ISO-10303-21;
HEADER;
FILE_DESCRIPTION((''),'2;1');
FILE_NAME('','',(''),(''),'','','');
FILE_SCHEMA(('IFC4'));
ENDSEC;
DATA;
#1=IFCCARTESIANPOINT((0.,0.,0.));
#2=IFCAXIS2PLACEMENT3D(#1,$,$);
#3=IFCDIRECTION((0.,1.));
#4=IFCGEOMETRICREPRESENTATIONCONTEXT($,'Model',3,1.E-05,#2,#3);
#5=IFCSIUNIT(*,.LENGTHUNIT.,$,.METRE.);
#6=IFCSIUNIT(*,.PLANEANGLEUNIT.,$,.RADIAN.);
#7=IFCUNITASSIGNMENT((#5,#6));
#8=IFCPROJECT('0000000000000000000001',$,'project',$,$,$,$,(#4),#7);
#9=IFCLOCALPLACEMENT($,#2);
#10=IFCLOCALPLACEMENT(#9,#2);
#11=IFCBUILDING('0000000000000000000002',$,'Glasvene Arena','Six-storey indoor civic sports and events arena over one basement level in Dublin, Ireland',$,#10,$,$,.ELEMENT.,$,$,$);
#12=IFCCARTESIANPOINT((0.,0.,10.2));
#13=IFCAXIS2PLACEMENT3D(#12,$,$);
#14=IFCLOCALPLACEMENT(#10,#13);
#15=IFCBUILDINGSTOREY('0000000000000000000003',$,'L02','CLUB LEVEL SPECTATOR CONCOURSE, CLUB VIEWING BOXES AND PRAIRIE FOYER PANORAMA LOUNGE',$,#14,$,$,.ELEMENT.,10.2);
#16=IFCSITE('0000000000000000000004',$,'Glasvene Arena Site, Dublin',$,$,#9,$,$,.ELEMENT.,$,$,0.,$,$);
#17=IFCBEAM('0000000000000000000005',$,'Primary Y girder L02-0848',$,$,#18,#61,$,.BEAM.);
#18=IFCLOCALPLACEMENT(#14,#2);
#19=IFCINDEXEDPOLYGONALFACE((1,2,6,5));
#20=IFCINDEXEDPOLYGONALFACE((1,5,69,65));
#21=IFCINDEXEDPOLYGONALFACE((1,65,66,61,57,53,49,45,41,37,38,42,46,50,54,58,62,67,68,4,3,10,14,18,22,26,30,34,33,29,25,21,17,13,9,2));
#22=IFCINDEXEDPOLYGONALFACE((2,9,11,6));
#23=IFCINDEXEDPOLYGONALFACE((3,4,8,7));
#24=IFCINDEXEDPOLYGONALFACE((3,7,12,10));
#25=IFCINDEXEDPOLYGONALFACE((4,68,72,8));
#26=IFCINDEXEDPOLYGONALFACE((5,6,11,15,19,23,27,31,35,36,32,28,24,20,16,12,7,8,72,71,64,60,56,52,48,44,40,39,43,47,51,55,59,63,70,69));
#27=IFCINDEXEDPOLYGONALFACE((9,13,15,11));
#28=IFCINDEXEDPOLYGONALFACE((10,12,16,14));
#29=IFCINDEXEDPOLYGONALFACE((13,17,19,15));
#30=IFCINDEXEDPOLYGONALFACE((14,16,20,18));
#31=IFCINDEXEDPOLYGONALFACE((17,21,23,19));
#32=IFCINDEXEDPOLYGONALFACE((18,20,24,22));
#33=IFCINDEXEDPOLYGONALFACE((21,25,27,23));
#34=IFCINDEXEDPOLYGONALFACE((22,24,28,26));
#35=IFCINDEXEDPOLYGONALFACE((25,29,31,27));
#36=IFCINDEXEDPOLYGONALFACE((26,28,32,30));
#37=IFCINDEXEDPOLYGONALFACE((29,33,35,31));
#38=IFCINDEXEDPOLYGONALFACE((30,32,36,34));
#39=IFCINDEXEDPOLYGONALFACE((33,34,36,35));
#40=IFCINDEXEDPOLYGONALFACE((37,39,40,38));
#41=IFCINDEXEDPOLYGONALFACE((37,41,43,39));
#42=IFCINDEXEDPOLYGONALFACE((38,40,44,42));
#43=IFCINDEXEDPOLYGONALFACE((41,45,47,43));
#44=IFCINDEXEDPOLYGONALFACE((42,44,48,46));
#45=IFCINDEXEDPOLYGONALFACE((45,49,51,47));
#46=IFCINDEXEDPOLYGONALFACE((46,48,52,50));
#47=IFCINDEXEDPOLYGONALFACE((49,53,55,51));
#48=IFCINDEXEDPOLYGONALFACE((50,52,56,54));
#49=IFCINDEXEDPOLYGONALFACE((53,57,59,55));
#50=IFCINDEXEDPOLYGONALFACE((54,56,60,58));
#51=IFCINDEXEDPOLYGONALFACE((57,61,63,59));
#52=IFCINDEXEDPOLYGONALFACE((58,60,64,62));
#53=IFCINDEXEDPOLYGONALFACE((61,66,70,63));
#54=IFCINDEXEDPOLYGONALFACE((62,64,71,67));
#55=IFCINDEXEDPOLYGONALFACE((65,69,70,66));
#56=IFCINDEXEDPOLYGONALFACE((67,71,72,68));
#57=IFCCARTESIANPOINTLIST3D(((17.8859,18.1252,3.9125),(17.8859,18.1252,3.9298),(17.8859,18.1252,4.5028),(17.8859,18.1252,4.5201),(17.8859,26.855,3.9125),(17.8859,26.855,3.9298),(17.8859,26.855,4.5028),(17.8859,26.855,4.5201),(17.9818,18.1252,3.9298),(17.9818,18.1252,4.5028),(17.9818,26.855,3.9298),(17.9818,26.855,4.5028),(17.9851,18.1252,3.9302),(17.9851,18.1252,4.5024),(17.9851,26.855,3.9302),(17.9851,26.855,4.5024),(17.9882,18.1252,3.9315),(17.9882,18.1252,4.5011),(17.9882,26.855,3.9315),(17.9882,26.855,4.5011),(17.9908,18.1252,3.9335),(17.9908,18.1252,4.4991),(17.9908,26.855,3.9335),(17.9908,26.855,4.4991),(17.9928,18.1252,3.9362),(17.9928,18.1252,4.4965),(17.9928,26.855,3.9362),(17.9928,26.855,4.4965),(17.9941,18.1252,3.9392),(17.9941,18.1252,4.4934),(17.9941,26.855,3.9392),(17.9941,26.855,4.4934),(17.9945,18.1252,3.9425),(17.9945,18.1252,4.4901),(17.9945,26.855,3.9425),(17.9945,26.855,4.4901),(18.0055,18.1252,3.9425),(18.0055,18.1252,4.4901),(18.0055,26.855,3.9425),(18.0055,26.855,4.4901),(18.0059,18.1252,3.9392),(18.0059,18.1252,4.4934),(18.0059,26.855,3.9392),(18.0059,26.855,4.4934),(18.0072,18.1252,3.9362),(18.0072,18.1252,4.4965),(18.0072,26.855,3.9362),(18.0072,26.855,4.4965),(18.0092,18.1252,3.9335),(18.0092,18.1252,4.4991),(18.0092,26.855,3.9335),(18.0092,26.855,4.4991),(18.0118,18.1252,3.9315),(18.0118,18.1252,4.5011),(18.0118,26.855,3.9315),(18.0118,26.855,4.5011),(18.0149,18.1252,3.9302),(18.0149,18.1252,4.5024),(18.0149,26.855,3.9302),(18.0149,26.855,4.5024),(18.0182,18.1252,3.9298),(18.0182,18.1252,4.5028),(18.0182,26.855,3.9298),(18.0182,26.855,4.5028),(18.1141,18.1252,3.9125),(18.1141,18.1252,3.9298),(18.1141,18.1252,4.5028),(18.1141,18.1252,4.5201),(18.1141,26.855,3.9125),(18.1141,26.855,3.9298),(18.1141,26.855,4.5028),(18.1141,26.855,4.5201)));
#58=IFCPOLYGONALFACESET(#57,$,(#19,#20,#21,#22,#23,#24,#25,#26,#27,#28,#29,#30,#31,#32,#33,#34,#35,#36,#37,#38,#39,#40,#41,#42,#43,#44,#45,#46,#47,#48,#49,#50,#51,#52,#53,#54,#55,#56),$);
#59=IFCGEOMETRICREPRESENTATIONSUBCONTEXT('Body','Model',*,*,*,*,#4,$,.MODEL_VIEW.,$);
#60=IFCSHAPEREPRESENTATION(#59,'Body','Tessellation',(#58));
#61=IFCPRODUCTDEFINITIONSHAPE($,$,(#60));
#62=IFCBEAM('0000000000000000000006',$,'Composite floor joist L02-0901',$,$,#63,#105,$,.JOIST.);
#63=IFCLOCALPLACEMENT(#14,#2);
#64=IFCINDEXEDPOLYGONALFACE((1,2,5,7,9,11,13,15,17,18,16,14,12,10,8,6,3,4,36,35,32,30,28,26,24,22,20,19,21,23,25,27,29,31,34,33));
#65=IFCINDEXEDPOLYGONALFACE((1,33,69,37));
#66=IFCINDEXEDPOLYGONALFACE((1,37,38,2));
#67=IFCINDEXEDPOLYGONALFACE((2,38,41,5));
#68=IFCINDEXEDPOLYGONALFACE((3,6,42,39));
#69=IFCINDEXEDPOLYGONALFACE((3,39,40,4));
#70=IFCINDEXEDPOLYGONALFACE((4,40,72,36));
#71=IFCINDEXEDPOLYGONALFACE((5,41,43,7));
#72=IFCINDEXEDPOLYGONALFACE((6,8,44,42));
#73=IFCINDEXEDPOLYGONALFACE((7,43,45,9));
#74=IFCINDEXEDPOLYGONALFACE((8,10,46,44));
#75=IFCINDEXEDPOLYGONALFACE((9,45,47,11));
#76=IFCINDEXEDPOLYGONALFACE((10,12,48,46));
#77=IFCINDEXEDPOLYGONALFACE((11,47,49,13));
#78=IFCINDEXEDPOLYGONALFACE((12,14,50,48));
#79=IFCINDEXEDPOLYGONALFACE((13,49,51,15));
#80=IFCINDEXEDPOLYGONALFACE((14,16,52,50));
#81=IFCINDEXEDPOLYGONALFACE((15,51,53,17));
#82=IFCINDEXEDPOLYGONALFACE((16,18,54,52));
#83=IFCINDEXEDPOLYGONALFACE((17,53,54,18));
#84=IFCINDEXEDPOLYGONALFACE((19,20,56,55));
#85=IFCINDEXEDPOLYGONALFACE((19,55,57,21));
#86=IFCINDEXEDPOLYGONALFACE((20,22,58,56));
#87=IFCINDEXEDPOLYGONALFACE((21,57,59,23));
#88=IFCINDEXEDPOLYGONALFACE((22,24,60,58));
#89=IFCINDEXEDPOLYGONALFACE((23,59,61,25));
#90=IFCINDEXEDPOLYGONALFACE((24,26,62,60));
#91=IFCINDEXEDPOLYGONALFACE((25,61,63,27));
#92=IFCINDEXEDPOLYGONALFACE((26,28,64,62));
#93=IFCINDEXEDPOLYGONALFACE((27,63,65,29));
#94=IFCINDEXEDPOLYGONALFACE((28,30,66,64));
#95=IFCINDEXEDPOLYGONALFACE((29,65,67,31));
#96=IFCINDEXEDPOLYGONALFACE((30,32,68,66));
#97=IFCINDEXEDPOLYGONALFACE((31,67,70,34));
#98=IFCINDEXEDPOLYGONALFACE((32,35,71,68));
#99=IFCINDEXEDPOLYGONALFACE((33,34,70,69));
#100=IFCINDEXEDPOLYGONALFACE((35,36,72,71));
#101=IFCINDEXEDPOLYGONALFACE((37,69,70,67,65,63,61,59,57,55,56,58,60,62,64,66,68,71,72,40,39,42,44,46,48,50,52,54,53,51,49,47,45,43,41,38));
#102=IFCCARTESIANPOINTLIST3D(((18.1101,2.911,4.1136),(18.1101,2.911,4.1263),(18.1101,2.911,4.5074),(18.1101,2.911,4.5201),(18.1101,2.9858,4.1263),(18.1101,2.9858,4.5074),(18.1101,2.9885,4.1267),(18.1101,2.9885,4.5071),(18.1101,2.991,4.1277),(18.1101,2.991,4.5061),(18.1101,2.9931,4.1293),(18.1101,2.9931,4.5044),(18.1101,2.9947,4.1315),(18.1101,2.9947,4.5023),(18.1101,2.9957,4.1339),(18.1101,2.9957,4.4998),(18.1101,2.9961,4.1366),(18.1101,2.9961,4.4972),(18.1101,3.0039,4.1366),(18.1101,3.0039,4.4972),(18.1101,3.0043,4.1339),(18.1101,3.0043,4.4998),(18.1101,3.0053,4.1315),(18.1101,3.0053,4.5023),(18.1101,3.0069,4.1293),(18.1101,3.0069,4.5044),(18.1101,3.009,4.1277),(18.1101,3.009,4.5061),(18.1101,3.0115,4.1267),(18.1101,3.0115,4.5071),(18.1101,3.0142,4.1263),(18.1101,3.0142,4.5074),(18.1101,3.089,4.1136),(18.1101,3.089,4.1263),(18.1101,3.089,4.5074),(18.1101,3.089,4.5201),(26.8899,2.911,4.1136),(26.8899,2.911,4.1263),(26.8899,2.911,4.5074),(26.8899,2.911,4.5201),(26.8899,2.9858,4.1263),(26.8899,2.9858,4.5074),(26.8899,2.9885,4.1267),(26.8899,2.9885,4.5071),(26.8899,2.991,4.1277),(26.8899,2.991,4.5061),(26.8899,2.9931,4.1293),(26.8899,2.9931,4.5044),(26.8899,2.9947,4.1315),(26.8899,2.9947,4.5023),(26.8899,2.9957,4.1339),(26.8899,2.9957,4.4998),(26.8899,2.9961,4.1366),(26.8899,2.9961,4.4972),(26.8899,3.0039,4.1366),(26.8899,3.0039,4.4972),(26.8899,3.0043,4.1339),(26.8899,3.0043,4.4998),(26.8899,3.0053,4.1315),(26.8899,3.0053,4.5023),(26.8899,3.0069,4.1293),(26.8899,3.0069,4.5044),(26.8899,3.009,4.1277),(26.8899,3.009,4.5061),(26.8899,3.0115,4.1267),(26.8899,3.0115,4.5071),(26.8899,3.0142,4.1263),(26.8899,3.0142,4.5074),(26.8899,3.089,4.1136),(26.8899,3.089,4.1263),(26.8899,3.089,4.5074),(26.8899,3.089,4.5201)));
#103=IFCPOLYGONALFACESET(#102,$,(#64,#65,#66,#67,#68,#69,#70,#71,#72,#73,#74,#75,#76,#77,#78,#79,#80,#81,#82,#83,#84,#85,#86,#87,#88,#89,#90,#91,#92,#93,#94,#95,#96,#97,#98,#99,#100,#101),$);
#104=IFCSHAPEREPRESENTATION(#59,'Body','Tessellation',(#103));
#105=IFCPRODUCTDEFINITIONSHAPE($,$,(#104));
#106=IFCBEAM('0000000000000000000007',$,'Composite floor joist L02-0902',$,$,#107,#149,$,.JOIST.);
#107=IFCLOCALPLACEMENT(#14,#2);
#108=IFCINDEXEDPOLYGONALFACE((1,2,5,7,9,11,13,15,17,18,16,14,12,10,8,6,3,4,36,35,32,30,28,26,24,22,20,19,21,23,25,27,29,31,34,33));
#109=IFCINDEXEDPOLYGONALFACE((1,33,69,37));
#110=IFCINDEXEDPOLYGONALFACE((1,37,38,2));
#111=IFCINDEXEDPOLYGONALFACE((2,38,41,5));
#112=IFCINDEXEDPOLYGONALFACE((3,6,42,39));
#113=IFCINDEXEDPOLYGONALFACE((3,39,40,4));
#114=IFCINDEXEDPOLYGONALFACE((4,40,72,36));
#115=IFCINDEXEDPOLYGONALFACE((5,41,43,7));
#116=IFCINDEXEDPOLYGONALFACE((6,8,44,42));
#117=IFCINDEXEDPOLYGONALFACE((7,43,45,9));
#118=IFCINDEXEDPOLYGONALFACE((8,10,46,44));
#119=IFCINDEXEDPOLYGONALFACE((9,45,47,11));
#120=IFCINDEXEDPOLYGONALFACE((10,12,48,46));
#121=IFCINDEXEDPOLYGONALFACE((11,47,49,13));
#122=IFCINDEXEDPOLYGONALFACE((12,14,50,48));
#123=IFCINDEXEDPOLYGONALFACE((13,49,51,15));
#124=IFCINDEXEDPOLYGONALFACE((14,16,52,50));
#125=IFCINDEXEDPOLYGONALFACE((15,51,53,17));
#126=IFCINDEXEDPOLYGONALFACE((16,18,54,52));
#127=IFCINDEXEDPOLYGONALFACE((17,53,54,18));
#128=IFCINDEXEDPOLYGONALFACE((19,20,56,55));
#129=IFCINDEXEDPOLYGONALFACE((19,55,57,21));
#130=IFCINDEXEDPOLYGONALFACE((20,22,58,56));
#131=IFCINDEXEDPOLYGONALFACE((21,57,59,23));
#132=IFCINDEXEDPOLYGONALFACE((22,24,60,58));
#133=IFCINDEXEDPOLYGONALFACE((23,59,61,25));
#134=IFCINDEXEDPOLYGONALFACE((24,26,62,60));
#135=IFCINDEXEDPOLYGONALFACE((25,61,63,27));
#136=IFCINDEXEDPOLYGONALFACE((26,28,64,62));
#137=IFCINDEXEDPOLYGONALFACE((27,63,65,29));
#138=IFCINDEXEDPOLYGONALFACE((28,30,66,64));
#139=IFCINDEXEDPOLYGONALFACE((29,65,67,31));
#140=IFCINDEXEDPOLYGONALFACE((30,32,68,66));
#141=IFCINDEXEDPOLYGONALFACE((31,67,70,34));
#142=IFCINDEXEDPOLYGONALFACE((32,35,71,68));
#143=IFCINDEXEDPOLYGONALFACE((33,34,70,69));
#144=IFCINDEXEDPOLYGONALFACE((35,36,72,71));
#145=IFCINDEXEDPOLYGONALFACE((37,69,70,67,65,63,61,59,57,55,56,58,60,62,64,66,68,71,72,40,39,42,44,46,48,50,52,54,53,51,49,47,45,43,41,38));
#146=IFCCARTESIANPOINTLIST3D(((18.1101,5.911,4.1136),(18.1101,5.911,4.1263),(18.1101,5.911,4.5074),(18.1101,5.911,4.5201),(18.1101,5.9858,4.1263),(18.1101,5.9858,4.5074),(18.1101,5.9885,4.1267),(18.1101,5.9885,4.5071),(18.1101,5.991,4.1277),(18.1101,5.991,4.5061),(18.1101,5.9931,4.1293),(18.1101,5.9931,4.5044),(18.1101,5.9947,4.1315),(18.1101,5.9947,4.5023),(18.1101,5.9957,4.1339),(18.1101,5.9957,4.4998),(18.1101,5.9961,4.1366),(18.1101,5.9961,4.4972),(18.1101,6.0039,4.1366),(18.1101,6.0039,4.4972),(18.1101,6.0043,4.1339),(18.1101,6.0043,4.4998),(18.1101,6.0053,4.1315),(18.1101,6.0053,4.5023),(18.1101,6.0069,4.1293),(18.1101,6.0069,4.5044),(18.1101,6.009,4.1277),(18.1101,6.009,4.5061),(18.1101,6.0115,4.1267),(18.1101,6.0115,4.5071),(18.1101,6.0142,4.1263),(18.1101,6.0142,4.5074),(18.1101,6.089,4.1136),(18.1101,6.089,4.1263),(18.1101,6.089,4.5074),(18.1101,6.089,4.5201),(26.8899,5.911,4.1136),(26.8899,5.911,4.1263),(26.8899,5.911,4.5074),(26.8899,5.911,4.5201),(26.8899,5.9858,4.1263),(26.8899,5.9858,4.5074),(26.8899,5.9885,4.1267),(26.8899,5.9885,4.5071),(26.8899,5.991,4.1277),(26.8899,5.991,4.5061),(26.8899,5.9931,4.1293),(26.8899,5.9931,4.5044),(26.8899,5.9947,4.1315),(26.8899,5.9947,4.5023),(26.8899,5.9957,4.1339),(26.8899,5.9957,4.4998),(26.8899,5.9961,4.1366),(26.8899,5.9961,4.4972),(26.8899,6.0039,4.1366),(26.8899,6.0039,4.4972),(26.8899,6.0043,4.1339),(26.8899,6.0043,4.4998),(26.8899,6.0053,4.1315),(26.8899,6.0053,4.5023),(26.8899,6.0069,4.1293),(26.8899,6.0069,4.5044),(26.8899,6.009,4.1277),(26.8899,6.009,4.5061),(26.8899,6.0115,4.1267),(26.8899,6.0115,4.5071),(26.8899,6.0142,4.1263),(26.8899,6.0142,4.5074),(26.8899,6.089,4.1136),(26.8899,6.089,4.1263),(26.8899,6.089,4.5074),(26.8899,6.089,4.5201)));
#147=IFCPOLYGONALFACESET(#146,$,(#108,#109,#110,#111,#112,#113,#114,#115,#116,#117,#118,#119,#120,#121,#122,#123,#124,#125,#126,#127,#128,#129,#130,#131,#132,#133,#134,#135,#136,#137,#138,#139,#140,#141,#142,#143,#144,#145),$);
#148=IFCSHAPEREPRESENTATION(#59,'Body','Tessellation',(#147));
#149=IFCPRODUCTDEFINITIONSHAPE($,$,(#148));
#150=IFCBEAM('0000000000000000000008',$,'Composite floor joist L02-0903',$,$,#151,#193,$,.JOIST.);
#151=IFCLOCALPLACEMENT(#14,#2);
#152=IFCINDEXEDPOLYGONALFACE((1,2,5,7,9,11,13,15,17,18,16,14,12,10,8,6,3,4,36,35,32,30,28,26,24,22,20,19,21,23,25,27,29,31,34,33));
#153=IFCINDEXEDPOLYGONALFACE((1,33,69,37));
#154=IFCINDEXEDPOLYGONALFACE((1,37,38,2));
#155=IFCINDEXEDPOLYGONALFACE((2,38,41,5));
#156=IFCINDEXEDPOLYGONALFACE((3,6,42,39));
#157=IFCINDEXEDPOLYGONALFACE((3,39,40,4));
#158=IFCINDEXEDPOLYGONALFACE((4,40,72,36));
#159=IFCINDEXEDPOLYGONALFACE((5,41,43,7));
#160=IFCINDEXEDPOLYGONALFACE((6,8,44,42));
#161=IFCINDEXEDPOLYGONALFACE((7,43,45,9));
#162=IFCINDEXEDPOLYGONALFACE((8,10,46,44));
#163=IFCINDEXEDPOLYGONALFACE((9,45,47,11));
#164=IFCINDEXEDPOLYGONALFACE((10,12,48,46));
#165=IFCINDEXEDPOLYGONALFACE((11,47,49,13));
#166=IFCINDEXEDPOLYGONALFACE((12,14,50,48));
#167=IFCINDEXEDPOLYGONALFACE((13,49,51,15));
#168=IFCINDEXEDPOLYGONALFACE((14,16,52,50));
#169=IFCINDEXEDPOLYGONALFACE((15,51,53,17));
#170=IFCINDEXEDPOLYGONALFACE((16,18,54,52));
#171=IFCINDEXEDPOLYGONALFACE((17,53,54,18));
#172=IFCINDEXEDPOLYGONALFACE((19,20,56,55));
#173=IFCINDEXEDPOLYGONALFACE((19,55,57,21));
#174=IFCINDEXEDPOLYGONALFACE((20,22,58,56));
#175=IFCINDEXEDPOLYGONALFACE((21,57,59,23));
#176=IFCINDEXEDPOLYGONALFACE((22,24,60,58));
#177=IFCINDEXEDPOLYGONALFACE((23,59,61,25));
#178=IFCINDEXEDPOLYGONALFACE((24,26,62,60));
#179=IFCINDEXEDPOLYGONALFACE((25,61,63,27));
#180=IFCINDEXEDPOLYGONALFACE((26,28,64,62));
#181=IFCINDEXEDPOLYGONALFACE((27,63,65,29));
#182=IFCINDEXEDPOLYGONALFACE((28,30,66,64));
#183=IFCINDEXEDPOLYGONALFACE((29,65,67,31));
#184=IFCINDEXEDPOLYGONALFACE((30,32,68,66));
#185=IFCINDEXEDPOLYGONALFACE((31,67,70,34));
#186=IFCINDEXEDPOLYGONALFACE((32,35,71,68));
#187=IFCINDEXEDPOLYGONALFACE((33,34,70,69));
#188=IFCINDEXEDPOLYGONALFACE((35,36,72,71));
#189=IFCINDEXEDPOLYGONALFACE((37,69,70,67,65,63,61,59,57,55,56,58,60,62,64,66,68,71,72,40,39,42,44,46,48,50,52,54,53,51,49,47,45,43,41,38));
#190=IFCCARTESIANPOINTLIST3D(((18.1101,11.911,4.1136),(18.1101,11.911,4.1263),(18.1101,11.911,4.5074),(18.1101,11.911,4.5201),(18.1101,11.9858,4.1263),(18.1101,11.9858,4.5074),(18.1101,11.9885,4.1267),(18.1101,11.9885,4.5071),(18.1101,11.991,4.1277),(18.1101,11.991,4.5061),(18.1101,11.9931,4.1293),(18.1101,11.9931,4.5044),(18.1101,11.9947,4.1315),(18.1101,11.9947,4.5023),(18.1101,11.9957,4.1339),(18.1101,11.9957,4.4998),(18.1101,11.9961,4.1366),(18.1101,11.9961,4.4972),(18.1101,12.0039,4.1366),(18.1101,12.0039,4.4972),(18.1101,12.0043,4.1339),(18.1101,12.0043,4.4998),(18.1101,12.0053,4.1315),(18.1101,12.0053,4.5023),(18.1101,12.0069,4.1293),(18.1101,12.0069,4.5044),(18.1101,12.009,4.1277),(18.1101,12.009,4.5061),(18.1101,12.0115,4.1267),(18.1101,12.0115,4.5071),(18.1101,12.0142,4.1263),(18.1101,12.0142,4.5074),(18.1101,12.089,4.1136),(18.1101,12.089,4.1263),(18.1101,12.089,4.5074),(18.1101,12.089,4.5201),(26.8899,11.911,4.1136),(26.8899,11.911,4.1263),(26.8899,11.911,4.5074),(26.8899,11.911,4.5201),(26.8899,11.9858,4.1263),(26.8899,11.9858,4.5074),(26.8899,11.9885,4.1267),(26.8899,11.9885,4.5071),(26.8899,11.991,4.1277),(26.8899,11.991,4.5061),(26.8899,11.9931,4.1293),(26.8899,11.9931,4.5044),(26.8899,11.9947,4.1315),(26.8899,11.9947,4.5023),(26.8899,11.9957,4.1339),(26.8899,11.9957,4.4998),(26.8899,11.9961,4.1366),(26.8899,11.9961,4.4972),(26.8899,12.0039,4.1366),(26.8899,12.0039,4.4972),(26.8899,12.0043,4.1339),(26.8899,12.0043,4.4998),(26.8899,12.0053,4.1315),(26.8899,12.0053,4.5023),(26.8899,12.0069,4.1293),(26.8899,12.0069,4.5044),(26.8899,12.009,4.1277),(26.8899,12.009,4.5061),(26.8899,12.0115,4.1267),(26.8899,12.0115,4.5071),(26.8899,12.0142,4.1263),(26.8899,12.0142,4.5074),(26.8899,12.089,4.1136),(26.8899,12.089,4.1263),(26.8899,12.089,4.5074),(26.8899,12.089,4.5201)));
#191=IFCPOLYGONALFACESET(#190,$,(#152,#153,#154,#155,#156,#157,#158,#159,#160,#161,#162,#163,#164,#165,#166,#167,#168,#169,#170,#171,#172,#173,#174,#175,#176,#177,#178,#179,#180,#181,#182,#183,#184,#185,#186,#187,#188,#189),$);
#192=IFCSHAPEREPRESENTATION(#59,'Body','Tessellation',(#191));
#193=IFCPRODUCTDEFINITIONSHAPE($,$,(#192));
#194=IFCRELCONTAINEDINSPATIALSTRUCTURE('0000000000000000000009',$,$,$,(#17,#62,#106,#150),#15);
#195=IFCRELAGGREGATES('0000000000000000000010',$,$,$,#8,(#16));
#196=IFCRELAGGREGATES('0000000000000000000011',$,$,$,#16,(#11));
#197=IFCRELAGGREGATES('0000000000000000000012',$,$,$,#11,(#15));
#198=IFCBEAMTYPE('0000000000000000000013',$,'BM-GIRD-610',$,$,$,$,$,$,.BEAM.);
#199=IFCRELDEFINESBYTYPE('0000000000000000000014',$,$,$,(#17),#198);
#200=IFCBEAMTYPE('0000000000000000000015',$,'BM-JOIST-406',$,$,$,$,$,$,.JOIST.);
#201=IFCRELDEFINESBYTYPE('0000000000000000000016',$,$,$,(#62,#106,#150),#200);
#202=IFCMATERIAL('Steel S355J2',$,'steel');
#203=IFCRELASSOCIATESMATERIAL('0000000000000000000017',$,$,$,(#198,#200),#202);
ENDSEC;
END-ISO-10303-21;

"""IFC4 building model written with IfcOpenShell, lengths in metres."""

from ifc_helpers import new_model, si_unit, direction, frame, origin, origin_2d, place, context, subcontext, project, spatial, i_section, extrude, material, material_profile, profile_set, type_object, element, save


model = new_model("IFC4")

# Units and contexts
model_context = context("Model", 3, precision=1e-05, world=origin(), true_north=direction((0.0, 1.0)))
body_context = subcontext(model_context, "Body", "Model", "MODEL_VIEW")
ifc_project = project(units=[si_unit("LENGTHUNIT", "METRE"), si_unit("PLANEANGLEUNIT", "RADIAN")], contexts=[model_context])

# Site, building, storey
site_placement = place(None, origin())
site = spatial("IfcSite", under=ifc_project, at=site_placement, Name="Glasvene Arena Site, Dublin", CompositionType="ELEMENT", RefElevation=0.0)
building_placement = place(site_placement, origin())
building = spatial("IfcBuilding", under=site, at=building_placement, Name="Glasvene Arena", Description="Six-storey indoor civic sports and events arena over one basement level in Dublin, Ireland", CompositionType="ELEMENT")
storey_placement = place(building_placement, frame((0.0, 0.0, 10.2)))
storey = spatial("IfcBuildingStorey", under=building, at=storey_placement, Name="L02", Description="CLUB LEVEL SPECTATOR CONCOURSE, CLUB VIEWING BOXES AND PRAIRIE FOYER PANORAMA LOUNGE", CompositionType="ELEMENT", Elevation=10.2)

# Shared definitions
ifc_material_1 = material(Name="Steel S355J2", Category="steel")

# Beams
ifc_material_profile_1 = material_profile(ifc_material_1, i_section(OverallWidth=0.2283, OverallDepth=0.6077, WebThickness=0.011, FlangeThickness=0.0173, FilletRadius=0.0127, at=origin_2d()), Name="UKB 610x229x113")
ifc_profile_set_1 = profile_set([ifc_material_profile_1], Name="Steel S355J2")
beam_type_1 = type_object("IfcBeamType", Name="BM-GIRD-610", PredefinedType="BEAM", material=ifc_profile_set_1)
for number, where, z_axis, x_axis, name in (
    (1, (18.0, 18.1252, 4.2163), (0.0, 1.0, 0.0), (-1.0, 0.0, 0.0), "Primary Y girder L02-0848"),
):
    element("IfcBeam", number, at=place(storey_placement, frame(where, z_axis=z_axis, x_axis=x_axis)), inside=storey, type_object=beam_type_1, Name=name, PredefinedType="BEAM", context=body_context, shape_type="SweptSolid", body=[
        extrude(i_section(OverallWidth=0.2283, OverallDepth=0.6077, WebThickness=0.011, FlangeThickness=0.0173, FilletRadius=0.0127, at=origin_2d()), origin(), (0.0, 0.0, 1.0), 8.7297),
    ])
ifc_material_profile_2 = material_profile(ifc_material_1, i_section(OverallWidth=0.178, OverallDepth=0.4065, WebThickness=0.0078, FlangeThickness=0.0127, FilletRadius=0.0103, at=origin_2d()), Name="UKB 406x178x60")
ifc_profile_set_2 = profile_set([ifc_material_profile_2], Name="Steel S355J2")
beam_type_2 = type_object("IfcBeamType", Name="BM-JOIST-406", PredefinedType="JOIST", material=ifc_profile_set_2)
for number, where, z_axis, x_axis, name in (
    (2, (18.1101, 3.0, 4.3169), (1.0, 0.0, 0.0), (0.0, 1.0, 0.0), "Composite floor joist L02-0901"),
    (3, (18.1101, 6.0, 4.3169), (1.0, 0.0, 0.0), (0.0, 1.0, 0.0), "Composite floor joist L02-0902"),
    (4, (18.1101, 12.0, 4.3169), (1.0, 0.0, 0.0), (0.0, 1.0, 0.0), "Composite floor joist L02-0903"),
):
    element("IfcBeam", number, at=place(storey_placement, frame(where, z_axis=z_axis, x_axis=x_axis)), inside=storey, type_object=beam_type_2, Name=name, PredefinedType="JOIST", context=body_context, shape_type="SweptSolid", body=[
        extrude(i_section(OverallWidth=0.178, OverallDepth=0.4065, WebThickness=0.0078, FlangeThickness=0.0127, FilletRadius=0.0103, at=origin_2d()), origin(), (0.0, 0.0, 1.0), 8.7798),
    ])

save(model, "model.ifc")
